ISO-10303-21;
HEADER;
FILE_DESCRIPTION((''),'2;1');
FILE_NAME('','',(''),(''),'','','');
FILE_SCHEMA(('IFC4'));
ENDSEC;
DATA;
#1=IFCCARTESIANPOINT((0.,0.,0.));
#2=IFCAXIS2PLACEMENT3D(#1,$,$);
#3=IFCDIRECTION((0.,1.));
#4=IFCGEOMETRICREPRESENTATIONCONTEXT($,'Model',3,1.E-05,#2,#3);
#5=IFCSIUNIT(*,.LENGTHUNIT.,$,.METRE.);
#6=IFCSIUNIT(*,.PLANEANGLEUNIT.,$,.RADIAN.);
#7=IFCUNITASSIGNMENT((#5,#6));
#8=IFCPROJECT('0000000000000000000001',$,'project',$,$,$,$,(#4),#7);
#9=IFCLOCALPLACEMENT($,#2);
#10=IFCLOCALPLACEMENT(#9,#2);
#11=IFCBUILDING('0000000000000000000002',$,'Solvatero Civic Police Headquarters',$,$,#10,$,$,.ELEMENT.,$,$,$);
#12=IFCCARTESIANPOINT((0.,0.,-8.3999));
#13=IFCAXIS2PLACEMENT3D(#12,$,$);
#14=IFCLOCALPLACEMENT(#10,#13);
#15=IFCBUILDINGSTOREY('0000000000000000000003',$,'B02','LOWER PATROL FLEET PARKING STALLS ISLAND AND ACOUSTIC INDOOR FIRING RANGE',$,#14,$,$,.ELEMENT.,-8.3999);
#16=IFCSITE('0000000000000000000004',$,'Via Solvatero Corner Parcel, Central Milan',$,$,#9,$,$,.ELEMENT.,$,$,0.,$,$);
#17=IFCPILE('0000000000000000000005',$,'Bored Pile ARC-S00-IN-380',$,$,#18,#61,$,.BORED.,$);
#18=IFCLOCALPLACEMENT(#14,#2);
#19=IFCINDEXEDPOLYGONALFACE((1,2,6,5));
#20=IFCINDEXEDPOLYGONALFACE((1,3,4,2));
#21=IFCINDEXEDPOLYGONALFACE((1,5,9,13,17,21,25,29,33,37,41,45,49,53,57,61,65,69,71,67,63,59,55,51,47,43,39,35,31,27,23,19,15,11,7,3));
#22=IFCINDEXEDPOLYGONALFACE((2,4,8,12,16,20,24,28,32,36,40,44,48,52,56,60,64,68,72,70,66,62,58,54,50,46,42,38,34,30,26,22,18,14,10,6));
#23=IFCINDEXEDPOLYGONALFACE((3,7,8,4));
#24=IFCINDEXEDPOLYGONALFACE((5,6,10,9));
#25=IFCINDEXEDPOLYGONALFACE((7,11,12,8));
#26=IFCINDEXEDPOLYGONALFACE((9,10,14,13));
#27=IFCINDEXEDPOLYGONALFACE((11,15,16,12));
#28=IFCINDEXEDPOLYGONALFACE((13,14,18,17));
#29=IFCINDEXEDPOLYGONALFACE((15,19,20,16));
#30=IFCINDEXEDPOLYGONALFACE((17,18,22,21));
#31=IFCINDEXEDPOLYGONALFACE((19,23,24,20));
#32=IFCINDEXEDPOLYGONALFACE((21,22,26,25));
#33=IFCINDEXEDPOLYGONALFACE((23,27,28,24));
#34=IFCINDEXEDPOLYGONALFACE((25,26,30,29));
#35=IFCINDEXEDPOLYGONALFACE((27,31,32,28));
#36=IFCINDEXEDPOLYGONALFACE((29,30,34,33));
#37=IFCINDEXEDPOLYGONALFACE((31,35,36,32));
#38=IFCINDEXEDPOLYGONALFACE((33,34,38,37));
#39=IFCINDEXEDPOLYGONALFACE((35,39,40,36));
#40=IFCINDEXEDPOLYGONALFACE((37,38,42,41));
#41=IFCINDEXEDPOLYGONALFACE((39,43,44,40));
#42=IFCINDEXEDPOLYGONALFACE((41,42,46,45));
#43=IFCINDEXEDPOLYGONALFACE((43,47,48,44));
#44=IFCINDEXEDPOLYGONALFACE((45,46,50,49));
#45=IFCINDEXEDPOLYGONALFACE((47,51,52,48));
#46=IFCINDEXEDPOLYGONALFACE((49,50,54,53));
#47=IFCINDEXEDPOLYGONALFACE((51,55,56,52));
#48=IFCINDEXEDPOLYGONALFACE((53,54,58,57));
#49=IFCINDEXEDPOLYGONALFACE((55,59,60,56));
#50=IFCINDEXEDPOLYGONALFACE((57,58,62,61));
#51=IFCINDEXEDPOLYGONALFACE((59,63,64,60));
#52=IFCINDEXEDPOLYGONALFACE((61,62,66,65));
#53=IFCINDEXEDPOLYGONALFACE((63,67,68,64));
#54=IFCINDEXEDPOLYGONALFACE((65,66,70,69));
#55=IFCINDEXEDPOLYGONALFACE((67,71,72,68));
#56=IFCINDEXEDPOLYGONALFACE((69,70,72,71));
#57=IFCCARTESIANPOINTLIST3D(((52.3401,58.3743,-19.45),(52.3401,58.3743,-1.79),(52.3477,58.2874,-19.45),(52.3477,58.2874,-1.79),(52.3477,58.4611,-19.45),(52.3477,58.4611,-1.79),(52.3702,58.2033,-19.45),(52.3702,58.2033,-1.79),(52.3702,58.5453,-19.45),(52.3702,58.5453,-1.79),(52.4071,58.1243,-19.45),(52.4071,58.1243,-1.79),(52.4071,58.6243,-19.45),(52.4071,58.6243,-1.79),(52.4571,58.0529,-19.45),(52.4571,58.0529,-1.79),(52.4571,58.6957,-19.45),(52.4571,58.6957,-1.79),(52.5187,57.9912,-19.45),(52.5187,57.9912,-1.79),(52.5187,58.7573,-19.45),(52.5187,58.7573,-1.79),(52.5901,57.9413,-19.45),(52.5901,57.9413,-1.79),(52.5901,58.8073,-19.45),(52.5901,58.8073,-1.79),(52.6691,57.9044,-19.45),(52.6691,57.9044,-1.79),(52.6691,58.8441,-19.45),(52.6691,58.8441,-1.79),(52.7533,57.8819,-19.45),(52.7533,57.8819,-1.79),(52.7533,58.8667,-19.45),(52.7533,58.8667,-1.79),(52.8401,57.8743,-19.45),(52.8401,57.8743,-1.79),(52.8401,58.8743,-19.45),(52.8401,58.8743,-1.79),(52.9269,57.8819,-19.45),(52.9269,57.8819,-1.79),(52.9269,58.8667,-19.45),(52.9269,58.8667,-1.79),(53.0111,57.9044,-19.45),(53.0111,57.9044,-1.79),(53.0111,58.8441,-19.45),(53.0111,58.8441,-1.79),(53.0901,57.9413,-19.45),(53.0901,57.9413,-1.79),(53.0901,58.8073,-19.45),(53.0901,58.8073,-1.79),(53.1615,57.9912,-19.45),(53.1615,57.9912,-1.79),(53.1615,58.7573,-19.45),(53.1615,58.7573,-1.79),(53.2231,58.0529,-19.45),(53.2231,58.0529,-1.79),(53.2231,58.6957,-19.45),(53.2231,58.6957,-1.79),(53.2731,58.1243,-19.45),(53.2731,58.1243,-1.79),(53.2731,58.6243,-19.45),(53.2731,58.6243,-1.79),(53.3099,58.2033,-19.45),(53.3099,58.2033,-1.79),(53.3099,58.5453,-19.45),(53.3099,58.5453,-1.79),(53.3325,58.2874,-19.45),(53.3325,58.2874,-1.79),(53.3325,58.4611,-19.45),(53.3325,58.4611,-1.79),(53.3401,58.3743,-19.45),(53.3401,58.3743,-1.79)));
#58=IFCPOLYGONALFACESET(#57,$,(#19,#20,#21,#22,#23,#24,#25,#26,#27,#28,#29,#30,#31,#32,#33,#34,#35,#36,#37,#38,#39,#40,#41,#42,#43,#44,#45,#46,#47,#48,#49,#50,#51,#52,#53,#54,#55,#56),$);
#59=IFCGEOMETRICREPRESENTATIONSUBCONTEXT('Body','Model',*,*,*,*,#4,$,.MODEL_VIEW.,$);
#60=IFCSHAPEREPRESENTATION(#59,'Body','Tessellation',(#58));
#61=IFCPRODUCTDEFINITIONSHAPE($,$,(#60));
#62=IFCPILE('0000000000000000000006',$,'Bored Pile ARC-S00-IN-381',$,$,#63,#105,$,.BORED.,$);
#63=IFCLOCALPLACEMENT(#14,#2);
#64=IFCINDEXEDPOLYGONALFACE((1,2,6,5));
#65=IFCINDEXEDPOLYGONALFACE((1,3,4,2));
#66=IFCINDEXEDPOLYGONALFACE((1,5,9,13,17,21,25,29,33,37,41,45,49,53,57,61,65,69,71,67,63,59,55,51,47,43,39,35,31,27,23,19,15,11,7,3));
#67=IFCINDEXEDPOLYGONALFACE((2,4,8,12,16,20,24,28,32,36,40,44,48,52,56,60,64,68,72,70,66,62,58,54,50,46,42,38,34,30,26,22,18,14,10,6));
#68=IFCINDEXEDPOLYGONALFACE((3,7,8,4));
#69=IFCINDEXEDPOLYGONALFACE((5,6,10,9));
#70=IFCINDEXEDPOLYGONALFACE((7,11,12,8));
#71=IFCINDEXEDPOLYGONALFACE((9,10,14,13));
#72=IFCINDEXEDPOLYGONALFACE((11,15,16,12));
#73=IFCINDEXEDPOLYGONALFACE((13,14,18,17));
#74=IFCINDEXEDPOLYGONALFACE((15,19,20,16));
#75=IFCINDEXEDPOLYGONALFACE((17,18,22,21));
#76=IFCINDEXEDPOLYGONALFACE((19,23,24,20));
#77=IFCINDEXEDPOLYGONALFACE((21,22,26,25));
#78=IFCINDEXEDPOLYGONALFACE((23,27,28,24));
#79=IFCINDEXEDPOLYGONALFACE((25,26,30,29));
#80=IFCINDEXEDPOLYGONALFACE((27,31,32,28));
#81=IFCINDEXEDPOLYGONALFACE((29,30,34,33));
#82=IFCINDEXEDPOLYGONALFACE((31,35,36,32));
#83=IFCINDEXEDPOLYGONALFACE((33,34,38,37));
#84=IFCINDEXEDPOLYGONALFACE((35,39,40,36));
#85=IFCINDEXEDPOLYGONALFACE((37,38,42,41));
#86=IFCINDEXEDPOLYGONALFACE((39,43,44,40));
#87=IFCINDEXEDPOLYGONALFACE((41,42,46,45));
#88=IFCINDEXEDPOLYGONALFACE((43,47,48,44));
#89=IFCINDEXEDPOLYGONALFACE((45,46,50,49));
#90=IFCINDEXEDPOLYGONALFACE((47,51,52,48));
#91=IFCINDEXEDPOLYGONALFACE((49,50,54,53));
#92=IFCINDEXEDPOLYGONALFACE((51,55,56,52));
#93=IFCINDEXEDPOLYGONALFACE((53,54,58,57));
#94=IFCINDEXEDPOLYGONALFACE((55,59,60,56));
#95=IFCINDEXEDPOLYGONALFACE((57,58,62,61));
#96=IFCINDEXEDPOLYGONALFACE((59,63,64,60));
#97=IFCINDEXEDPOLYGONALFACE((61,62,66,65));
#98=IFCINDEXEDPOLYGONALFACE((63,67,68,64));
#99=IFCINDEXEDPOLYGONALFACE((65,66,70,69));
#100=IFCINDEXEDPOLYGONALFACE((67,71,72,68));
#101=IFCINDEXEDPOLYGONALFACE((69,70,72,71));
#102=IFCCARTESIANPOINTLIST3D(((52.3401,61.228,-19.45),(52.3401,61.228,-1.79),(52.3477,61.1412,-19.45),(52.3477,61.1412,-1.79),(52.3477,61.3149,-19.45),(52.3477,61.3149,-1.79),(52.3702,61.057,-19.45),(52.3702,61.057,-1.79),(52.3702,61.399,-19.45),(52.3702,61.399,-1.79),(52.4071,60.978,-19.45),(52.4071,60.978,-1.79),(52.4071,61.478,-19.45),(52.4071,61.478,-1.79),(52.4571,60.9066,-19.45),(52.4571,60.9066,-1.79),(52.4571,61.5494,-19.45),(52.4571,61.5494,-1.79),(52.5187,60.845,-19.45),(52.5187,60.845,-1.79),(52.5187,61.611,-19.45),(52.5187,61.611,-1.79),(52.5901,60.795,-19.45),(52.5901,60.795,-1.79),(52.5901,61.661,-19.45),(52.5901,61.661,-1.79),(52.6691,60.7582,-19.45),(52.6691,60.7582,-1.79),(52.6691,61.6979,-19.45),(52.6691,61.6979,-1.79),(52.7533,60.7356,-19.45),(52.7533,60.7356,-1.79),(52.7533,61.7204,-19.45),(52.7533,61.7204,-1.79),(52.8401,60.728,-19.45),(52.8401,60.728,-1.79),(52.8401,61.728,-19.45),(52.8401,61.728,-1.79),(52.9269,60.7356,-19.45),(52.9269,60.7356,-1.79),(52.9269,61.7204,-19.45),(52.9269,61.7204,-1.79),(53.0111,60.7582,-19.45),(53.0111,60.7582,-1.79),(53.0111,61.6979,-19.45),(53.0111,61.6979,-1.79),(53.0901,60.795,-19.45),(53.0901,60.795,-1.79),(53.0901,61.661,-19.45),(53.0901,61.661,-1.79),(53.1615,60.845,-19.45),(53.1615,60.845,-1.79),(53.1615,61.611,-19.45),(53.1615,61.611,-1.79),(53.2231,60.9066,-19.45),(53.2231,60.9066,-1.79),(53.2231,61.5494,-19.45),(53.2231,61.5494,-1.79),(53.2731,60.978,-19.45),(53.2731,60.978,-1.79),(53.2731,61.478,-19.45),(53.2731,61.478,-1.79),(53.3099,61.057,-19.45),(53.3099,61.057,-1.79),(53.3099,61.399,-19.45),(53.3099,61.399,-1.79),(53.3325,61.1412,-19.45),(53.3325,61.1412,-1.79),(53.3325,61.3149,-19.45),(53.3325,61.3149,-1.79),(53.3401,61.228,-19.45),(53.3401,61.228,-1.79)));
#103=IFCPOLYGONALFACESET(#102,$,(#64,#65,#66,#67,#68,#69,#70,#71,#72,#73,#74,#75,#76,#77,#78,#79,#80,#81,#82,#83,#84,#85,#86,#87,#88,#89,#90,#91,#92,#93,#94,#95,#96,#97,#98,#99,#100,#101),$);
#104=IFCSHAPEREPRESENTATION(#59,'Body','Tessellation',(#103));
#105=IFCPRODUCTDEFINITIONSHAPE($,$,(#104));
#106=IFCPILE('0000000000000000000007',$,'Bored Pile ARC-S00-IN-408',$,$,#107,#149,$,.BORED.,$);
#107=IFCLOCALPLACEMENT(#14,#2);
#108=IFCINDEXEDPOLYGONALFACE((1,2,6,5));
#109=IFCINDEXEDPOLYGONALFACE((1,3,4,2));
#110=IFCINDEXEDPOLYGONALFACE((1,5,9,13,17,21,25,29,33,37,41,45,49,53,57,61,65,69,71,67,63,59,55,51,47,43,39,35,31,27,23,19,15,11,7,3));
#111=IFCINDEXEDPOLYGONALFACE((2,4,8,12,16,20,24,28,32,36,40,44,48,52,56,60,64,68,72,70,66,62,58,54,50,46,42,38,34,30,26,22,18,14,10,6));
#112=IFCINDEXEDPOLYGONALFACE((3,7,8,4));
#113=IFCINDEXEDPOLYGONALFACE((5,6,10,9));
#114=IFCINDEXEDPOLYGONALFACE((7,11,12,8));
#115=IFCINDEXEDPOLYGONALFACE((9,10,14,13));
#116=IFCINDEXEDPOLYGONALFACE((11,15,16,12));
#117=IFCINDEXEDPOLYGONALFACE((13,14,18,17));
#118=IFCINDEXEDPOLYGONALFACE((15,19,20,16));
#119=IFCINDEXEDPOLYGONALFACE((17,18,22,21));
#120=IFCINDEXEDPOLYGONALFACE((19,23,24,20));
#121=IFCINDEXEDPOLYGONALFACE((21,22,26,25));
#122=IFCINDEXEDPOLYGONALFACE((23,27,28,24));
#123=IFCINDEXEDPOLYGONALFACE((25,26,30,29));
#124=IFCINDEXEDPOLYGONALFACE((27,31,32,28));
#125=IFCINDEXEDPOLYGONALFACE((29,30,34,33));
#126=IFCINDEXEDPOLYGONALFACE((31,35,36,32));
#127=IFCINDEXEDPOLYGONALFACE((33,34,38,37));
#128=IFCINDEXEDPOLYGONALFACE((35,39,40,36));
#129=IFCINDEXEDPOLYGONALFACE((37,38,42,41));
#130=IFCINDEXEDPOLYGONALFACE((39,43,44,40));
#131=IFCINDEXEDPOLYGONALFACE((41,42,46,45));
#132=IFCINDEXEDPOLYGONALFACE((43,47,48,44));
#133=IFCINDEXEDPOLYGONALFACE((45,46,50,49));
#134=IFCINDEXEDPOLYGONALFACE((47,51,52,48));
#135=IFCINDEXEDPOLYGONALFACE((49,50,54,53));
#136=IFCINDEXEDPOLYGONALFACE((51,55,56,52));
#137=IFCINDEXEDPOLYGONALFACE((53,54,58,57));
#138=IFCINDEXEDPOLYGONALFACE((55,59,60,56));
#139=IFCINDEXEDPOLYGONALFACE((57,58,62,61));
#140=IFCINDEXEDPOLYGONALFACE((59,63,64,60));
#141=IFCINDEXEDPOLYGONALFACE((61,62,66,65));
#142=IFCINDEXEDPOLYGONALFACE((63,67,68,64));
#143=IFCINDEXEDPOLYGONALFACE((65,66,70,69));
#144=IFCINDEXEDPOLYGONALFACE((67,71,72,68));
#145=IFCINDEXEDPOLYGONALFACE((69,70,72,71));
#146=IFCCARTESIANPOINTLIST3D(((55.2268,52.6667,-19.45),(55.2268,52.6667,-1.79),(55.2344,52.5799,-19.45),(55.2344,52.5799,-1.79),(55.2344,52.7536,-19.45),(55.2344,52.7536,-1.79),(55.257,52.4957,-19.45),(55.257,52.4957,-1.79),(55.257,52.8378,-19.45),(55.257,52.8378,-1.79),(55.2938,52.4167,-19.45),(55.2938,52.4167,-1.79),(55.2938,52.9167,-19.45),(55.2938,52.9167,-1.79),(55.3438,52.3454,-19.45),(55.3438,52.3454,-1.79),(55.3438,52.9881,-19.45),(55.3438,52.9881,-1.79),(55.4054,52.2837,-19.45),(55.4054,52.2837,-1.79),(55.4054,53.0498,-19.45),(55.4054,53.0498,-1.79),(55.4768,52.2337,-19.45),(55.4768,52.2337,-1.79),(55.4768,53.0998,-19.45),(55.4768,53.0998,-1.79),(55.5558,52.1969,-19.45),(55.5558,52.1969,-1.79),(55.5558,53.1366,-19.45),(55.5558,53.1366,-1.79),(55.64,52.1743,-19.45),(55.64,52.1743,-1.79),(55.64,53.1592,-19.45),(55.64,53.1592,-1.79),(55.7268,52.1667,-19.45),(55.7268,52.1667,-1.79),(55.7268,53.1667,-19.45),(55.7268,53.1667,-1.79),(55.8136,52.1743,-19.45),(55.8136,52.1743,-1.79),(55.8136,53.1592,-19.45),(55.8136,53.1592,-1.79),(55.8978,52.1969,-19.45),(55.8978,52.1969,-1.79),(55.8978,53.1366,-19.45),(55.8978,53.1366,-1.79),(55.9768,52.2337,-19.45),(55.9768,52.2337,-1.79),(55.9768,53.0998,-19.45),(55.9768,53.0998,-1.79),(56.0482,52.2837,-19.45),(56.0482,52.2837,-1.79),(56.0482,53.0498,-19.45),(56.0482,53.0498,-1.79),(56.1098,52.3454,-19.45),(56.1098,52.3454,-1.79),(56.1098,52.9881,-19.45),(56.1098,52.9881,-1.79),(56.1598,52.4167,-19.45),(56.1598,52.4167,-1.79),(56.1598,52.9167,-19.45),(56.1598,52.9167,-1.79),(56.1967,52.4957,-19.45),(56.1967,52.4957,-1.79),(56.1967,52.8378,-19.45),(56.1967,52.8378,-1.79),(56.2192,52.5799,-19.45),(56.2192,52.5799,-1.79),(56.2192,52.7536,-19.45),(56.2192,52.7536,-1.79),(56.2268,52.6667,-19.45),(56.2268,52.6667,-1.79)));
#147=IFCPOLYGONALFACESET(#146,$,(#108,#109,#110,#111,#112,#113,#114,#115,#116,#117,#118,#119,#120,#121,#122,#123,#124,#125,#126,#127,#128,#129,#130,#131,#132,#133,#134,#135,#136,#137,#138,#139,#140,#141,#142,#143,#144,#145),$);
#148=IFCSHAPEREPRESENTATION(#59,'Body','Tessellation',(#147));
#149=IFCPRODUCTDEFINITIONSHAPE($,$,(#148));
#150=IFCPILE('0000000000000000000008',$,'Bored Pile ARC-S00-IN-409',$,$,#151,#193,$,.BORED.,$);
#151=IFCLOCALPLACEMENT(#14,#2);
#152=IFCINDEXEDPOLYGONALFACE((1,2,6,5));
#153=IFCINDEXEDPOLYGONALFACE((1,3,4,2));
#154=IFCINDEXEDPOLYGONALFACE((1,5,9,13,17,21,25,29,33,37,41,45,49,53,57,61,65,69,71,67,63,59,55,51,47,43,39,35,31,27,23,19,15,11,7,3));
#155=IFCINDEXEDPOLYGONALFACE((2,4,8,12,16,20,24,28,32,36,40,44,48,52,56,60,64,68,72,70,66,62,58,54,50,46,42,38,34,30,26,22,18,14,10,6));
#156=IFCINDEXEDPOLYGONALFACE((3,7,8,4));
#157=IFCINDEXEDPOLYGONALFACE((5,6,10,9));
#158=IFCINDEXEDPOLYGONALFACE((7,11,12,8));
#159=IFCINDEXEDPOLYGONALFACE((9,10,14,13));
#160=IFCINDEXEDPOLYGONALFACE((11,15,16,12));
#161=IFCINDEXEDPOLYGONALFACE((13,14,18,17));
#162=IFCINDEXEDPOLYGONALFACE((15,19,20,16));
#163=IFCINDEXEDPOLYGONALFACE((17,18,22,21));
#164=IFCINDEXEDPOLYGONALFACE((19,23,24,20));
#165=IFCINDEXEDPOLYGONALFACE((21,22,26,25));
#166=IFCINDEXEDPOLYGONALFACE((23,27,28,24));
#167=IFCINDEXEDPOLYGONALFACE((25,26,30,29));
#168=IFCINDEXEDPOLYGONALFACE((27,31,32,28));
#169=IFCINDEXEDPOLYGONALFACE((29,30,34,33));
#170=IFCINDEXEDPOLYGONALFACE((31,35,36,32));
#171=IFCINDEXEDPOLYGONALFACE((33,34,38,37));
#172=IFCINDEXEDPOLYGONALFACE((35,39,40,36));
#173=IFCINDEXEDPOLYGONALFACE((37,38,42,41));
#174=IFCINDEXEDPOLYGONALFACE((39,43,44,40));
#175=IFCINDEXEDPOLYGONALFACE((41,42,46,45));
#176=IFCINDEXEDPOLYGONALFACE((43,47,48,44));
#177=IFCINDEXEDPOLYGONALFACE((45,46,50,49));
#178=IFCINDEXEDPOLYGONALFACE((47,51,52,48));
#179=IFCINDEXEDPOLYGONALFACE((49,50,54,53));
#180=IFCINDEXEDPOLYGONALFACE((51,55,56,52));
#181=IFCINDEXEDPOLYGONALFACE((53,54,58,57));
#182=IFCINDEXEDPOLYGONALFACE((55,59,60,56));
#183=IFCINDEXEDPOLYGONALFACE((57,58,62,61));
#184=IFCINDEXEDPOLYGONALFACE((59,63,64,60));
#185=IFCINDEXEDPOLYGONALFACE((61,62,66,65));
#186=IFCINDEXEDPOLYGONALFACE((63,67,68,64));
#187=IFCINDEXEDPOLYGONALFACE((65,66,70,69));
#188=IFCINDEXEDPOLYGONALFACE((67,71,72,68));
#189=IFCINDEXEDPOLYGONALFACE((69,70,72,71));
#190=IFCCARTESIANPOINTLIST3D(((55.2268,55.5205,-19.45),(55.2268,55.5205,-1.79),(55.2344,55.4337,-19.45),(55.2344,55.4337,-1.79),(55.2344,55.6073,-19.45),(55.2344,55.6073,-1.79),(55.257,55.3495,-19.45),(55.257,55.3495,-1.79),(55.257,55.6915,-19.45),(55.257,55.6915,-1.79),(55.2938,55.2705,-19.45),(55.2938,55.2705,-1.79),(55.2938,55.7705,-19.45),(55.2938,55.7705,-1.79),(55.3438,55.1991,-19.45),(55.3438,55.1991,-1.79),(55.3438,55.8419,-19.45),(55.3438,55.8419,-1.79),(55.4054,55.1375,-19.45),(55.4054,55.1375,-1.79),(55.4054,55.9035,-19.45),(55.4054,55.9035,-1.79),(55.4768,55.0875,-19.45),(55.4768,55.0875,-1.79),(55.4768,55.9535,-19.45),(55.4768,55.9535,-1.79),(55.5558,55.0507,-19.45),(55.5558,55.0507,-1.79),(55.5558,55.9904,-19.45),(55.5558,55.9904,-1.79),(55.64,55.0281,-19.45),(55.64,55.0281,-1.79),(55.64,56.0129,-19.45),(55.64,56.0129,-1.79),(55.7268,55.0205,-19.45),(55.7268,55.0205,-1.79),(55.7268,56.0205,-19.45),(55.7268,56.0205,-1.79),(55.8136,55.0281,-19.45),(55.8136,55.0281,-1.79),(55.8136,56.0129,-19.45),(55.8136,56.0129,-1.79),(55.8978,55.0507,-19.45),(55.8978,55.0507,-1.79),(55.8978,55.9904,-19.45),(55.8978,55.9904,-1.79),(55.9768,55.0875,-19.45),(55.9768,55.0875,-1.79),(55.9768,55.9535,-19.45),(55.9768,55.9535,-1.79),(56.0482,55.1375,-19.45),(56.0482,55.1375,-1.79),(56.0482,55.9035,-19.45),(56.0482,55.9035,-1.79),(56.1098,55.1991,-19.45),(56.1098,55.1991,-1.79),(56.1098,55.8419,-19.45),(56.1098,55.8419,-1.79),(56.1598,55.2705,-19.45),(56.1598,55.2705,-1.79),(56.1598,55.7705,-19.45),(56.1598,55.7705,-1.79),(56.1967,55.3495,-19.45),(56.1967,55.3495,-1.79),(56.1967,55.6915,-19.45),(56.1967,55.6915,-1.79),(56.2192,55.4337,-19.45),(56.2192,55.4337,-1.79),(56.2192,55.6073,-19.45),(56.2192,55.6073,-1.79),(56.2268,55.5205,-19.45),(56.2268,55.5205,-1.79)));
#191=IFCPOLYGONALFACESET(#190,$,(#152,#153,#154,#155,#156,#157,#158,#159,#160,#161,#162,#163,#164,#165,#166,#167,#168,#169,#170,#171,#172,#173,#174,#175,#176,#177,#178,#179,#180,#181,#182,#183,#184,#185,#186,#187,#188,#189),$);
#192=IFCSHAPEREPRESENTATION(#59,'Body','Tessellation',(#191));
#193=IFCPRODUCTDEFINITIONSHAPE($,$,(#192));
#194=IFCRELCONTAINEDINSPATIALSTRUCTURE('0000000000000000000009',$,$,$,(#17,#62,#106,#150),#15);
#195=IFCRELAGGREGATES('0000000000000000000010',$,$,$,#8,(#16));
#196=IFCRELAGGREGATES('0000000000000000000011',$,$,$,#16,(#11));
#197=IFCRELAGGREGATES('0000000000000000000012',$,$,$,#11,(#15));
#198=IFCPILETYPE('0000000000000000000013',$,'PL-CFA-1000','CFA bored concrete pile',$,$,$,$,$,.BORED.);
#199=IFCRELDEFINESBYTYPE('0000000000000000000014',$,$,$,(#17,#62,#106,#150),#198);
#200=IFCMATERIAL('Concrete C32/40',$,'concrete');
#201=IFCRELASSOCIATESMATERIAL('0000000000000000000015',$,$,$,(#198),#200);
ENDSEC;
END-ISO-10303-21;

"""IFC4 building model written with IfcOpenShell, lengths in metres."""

from ifc_helpers import new_model, si_unit, direction, frame, origin, origin_2d, place, context, subcontext, project, spatial, circle, extrude, material, material_profile, profile_set, type_object, element, save


model = new_model("IFC4")

# Units and contexts
model_context = context("Model", 3, precision=1e-05, world=origin(), true_north=direction((0.0, 1.0)))
body_context = subcontext(model_context, "Body", "Model", "MODEL_VIEW")
ifc_project = project(units=[si_unit("LENGTHUNIT", "METRE"), si_unit("PLANEANGLEUNIT", "RADIAN")], contexts=[model_context])

# Site, building, storey
site_placement = place(None, origin())
site = spatial("IfcSite", under=ifc_project, at=site_placement, Name="Via Solvatero Corner Parcel, Central Milan", CompositionType="ELEMENT", RefElevation=0.0)
building_placement = place(site_placement, origin())
building = spatial("IfcBuilding", under=site, at=building_placement, Name="Solvatero Civic Police Headquarters", CompositionType="ELEMENT")
storey_placement = place(building_placement, frame((0.0, 0.0, -8.3999)))
storey = spatial("IfcBuildingStorey", under=building, at=storey_placement, Name="B02", Description="LOWER PATROL FLEET PARKING STALLS ISLAND AND ACOUSTIC INDOOR FIRING RANGE", CompositionType="ELEMENT", Elevation=-8.3999)

# Piles
ifc_material_1 = material(Name="Concrete C32/40", Category="concrete")
ifc_material_profile_1 = material_profile(ifc_material_1, circle(Radius=0.5, at=origin_2d()), Name="CFA PILE D1000")
ifc_profile_set_1 = profile_set([ifc_material_profile_1], Name="Concrete C32/40")
pile_type = type_object("IfcPileType", Name="PL-CFA-1000", Description="CFA bored concrete pile", PredefinedType="BORED", material=ifc_profile_set_1)
for number, where, z_axis, x_axis, name in (
    (1, (52.8401, 58.3743, -1.79), (0.0, 0.0, -1.0), (1.0, 0.0, 0.0), "Bored Pile ARC-S00-IN-380"),
    (2, (52.8401, 61.228, -1.79), (0.0, 0.0, -1.0), (1.0, 0.0, 0.0), "Bored Pile ARC-S00-IN-381"),
    (3, (55.7268, 52.6667, -1.79), (0.0, 0.0, -1.0), (1.0, 0.0, 0.0), "Bored Pile ARC-S00-IN-408"),
    (4, (55.7268, 55.5205, -1.79), (0.0, 0.0, -1.0), (1.0, 0.0, 0.0), "Bored Pile ARC-S00-IN-409"),
):
    element("IfcPile", number, at=place(storey_placement, frame(where, z_axis=z_axis, x_axis=x_axis)), inside=storey, type_object=pile_type, Name=name, PredefinedType="BORED", context=body_context, shape_type="SweptSolid", body=[
        extrude(circle(Radius=0.5, at=origin_2d()), origin(), (0.0, 0.0, 1.0), 17.6599),
    ])

save(model, "model.ifc")
